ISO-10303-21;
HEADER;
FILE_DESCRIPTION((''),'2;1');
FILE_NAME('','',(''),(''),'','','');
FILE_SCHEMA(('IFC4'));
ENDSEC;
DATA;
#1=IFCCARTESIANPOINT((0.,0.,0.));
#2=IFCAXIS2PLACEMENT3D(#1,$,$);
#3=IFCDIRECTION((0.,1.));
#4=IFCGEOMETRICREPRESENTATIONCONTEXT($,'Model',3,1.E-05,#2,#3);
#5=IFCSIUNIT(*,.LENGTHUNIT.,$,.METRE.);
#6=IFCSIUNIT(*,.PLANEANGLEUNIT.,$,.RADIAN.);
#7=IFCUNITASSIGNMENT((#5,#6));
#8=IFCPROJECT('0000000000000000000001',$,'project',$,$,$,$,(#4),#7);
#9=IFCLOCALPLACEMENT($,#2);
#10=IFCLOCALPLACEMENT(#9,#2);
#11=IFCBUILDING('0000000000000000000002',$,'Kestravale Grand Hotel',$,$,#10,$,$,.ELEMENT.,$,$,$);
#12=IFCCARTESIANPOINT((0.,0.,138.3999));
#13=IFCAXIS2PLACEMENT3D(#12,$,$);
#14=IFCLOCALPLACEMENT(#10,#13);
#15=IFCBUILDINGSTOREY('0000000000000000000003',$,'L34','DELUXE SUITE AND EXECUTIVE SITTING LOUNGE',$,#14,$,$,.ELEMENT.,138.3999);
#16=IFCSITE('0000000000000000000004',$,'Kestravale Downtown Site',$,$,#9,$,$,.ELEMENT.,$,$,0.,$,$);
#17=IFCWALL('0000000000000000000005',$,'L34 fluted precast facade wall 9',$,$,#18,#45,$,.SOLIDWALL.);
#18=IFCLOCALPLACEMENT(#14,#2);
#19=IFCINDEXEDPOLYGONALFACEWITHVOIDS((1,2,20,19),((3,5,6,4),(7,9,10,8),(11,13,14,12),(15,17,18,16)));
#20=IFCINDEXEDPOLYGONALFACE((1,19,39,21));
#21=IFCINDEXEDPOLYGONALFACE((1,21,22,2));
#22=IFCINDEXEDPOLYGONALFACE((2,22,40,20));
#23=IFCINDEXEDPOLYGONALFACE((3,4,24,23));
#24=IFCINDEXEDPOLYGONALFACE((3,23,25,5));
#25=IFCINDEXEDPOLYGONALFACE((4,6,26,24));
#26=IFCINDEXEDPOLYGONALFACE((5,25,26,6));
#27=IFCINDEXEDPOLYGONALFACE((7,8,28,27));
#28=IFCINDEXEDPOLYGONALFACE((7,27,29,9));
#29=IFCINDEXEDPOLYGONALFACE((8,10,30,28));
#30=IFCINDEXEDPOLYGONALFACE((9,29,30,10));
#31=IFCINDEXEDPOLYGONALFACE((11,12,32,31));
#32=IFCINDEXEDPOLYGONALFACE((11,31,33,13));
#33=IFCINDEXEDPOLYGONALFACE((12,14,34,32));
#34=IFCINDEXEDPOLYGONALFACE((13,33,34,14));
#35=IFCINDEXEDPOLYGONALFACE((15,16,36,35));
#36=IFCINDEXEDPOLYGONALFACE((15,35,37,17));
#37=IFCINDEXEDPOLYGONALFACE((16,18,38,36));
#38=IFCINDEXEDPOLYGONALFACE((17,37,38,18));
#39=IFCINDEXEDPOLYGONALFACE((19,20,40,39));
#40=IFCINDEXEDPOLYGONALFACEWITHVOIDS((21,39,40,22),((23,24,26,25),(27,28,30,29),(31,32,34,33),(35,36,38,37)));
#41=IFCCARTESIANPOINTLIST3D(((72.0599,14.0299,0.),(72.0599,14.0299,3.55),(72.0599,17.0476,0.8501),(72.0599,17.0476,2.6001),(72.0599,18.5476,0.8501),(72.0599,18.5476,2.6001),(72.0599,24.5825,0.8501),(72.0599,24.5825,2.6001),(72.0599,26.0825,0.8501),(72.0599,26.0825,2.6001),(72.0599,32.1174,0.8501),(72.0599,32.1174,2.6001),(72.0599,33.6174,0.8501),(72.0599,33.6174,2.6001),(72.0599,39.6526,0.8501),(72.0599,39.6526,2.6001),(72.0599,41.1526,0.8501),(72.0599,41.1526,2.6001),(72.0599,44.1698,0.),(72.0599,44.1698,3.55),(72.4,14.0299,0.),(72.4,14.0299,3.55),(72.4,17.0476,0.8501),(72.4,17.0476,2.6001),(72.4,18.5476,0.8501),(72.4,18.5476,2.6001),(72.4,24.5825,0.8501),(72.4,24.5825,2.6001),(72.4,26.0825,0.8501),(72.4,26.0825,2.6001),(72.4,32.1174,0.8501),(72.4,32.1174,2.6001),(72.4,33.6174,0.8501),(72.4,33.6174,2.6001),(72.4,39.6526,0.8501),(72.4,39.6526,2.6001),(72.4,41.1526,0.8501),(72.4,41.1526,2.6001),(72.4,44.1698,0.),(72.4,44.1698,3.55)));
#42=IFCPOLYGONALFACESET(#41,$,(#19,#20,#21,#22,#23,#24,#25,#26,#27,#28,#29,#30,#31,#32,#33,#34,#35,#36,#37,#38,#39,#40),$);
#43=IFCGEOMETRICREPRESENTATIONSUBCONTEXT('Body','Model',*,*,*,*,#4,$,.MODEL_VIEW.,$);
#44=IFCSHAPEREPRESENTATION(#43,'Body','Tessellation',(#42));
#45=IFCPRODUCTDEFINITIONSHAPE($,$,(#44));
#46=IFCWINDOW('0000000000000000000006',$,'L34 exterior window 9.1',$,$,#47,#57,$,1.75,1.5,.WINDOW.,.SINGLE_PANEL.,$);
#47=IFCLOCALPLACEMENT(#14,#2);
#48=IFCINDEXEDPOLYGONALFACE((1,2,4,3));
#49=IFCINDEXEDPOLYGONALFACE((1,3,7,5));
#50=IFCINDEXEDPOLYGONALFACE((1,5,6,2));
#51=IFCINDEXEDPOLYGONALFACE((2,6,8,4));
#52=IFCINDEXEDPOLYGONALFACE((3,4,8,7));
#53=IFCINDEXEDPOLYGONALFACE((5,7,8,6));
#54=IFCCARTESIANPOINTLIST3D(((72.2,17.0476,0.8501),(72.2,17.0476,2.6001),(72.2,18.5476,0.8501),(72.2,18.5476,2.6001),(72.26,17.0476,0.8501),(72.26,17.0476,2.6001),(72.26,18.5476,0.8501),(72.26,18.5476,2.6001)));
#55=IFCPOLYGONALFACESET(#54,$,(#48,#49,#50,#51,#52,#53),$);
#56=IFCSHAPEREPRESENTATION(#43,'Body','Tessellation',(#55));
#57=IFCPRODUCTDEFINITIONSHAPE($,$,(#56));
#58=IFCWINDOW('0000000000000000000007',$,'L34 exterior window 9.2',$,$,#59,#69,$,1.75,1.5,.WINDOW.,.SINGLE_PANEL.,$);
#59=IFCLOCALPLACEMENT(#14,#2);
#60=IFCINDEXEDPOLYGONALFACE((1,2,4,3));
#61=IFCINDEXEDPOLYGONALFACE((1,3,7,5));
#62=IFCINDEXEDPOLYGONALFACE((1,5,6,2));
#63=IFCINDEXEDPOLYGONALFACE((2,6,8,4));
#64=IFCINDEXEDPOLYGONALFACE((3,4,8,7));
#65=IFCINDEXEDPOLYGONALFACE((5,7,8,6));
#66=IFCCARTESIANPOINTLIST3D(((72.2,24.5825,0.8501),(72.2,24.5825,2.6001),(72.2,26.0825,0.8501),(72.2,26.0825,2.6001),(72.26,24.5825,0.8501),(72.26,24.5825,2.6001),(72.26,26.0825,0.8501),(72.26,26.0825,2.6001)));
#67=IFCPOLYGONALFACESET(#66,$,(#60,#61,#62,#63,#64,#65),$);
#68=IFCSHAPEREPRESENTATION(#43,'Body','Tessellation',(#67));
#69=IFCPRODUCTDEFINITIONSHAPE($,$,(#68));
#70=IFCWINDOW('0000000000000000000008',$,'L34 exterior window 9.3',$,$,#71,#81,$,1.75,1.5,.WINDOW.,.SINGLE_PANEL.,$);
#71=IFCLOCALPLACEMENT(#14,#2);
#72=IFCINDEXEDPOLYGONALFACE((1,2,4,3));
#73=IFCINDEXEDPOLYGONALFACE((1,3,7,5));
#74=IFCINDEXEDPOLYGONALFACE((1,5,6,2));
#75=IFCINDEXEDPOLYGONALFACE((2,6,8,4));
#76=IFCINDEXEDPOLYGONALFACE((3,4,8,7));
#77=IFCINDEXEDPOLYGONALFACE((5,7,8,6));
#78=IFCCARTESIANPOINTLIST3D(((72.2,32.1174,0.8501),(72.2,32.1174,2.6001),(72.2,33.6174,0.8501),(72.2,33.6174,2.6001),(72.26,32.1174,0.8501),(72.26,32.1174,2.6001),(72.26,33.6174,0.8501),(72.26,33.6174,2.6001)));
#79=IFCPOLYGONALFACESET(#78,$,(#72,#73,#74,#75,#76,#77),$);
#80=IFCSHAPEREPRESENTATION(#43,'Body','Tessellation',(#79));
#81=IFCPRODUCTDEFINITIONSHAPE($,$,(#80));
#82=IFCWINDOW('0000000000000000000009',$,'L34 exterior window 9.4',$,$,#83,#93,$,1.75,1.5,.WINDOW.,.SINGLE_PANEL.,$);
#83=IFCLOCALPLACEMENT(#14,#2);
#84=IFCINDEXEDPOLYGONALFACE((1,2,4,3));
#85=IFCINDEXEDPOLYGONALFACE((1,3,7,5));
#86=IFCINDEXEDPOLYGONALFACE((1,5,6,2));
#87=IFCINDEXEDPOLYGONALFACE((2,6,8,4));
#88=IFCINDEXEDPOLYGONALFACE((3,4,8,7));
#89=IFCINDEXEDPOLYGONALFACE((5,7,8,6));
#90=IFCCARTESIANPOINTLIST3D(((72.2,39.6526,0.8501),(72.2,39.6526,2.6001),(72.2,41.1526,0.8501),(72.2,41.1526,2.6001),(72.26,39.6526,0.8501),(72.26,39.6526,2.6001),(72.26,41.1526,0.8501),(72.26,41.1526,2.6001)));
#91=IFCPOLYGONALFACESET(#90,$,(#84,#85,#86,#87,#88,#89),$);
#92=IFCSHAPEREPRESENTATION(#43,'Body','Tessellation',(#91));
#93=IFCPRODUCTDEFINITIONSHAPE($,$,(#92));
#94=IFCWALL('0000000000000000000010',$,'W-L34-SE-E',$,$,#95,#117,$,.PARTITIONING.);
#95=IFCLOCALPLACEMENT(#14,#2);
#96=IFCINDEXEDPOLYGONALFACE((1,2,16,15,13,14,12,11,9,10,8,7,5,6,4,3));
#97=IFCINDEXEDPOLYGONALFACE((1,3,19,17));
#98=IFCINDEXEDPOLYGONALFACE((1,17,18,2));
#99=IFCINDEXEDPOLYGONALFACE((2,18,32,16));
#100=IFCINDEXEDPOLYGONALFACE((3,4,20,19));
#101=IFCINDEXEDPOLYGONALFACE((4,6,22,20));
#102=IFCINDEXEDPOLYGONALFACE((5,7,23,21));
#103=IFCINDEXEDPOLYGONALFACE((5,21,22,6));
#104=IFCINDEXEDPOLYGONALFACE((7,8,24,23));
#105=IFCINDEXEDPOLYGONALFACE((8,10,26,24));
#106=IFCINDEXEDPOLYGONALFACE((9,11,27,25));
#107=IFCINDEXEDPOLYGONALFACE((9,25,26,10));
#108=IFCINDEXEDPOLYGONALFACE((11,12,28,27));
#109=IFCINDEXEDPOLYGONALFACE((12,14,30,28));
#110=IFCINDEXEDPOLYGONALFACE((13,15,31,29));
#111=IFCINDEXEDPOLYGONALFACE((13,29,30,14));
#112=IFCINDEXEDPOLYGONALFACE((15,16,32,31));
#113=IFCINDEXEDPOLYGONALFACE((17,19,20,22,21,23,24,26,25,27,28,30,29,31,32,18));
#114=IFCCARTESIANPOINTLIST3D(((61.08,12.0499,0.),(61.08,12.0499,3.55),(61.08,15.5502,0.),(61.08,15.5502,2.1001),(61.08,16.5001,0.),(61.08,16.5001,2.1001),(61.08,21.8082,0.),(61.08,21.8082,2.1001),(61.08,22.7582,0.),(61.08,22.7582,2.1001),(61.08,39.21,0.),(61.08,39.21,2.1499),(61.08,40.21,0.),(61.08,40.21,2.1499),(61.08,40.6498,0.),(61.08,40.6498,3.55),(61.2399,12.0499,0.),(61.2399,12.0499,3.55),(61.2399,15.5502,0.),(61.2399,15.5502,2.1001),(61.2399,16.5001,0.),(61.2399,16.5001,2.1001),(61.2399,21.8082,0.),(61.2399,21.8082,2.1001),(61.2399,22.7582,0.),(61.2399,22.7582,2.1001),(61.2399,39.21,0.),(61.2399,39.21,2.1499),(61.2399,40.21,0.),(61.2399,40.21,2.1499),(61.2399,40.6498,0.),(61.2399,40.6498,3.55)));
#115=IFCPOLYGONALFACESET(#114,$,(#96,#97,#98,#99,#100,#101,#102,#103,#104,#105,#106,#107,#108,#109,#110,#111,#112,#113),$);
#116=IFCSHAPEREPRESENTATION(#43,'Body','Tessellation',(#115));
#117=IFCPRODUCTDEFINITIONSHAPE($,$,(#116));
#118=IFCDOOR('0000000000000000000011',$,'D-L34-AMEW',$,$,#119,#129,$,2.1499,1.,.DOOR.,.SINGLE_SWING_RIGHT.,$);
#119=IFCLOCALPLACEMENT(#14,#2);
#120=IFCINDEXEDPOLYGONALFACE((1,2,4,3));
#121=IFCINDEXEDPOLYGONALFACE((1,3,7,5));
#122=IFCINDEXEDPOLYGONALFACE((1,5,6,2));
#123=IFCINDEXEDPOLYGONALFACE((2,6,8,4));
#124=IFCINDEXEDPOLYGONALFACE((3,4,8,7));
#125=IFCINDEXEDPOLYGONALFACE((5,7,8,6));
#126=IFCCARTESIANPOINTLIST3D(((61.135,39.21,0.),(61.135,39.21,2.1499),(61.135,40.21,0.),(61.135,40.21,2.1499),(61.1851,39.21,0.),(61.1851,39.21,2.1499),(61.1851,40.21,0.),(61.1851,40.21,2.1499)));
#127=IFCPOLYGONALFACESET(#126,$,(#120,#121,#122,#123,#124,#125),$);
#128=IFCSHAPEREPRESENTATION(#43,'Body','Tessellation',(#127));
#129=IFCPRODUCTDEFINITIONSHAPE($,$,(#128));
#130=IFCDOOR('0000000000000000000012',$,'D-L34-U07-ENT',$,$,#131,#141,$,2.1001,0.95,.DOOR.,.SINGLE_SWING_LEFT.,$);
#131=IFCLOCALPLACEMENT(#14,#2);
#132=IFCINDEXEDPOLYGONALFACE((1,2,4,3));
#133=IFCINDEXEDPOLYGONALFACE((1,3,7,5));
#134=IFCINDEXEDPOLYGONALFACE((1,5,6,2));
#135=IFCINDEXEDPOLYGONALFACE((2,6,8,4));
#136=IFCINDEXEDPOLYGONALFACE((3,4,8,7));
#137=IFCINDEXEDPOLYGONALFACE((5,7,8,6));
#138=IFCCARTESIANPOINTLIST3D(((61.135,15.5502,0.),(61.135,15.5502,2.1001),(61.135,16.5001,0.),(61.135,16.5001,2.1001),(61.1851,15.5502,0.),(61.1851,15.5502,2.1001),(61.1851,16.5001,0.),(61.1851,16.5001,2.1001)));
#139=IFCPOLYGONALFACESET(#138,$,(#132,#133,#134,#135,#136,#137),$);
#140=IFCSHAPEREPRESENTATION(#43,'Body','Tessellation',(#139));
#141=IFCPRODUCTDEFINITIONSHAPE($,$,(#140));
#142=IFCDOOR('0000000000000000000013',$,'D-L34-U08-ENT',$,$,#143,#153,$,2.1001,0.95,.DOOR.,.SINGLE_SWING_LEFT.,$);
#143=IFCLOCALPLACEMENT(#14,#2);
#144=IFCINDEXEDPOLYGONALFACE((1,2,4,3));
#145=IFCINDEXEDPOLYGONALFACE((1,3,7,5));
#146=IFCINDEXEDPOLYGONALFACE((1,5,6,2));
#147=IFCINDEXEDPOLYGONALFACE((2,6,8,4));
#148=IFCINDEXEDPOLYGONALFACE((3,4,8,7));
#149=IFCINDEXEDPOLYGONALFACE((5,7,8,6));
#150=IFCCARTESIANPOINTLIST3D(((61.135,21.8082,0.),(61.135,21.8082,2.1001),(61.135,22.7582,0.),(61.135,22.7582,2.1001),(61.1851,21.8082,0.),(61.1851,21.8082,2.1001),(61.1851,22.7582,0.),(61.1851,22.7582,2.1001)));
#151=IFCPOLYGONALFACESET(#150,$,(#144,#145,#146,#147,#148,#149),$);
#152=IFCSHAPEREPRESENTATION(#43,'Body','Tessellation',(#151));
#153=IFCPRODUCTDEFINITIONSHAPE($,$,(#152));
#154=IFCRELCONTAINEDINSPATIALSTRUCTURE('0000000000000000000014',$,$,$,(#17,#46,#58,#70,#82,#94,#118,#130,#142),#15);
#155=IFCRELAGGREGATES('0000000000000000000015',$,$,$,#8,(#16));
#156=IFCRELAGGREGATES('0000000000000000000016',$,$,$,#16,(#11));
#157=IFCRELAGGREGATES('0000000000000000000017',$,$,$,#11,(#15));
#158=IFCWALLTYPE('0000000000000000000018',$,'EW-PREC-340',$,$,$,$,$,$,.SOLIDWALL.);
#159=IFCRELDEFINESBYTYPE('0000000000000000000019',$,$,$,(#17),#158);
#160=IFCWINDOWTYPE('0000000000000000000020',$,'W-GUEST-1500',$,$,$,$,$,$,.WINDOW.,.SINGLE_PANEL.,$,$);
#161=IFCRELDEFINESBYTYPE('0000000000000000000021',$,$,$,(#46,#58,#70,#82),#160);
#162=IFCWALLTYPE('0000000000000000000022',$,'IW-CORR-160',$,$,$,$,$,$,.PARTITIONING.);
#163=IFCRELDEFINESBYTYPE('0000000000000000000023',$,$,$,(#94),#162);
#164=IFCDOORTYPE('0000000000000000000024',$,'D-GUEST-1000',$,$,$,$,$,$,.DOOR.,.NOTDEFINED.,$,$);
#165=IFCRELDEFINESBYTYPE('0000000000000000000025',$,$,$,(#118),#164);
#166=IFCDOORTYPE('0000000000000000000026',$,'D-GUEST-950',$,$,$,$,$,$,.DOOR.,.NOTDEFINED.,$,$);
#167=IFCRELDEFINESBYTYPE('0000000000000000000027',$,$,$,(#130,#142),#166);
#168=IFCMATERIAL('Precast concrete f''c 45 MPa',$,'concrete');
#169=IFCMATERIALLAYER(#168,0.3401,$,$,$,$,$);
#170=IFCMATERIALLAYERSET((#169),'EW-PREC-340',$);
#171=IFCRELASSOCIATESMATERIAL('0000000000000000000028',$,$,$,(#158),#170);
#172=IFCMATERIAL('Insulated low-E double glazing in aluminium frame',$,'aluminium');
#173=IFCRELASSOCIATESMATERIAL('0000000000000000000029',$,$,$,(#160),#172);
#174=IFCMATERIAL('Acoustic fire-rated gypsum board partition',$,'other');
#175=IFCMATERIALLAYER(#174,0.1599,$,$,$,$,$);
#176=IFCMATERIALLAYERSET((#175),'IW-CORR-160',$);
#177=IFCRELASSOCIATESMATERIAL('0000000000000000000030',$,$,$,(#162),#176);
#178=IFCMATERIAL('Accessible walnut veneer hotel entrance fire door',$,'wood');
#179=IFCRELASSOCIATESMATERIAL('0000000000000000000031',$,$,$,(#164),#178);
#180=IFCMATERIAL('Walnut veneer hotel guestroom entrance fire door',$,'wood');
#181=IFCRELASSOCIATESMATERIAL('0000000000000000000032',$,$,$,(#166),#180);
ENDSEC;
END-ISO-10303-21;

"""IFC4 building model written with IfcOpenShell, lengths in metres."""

from ifc_helpers import new_model, si_unit, direction, frame, frame_2d, origin, place, context, subcontext, project, spatial, rectangle, extrude, material, layer, layer_set, type_object, element, fill, save


model = new_model("IFC4")

# Units and contexts
model_context = context("Model", 3, precision=1e-05, world=origin(), true_north=direction((0.0, 1.0)))
body_context = subcontext(model_context, "Body", "Model", "MODEL_VIEW")
ifc_project = project(units=[si_unit("LENGTHUNIT", "METRE"), si_unit("PLANEANGLEUNIT", "RADIAN")], contexts=[model_context])

# Site, building, storey
site_placement = place(None, origin())
site = spatial("IfcSite", under=ifc_project, at=site_placement, Name="Kestravale Downtown Site", CompositionType="ELEMENT", RefElevation=0.0)
building_placement = place(site_placement, origin())
building = spatial("IfcBuilding", under=site, at=building_placement, Name="Kestravale Grand Hotel", CompositionType="ELEMENT")
storey_placement = place(building_placement, frame((0.0, 0.0, 138.3999)))
storey = spatial("IfcBuildingStorey", under=building, at=storey_placement, Name="L34", Description="DELUXE SUITE AND EXECUTIVE SITTING LOUNGE", CompositionType="ELEMENT", Elevation=138.3999)

# Shared definitions
ifc_material_1 = material(Name="Precast concrete f'c 45 MPa", Category="concrete")
ifc_layer_1 = layer(ifc_material_1, 0.3401)
ifc_layer_set_1 = layer_set([ifc_layer_1], Name="EW-PREC-340")
wall_type_1 = type_object("IfcWallType", Name="EW-PREC-340", PredefinedType="SOLIDWALL", material=ifc_layer_set_1)
ifc_material_2 = material(Name="Insulated low-E double glazing in aluminium frame", Category="aluminium")
window_type = type_object("IfcWindowType", Name="W-GUEST-1500", PartitioningType="SINGLE_PANEL", PredefinedType="WINDOW", material=ifc_material_2)

# Wall, openings, windows
wall_1_placement = place(storey_placement, frame((72.23, 14.03, 0.0), z_axis=(0.0, 0.0, 1.0), x_axis=(0.0, 1.0, 0.0)))
wall_1 = element("IfcWall", 1, at=wall_1_placement, inside=storey, type_object=wall_type_1, Name="L34 fluted precast facade wall 9", PredefinedType="SOLIDWALL", context=body_context, shape_type="SweptSolid", body=[
    extrude(rectangle(XDim=30.1399, YDim=0.3401, at=frame_2d((15.0698, 0.0))), origin(), (0.0, 0.0, 1.0), 3.55),
])
opening_1_placement = place(wall_1_placement, frame((3.0176, 0.0, 0.8501)))
opening_1 = element("IfcOpeningElement", 2, at=opening_1_placement, cuts=wall_1, PredefinedType="OPENING", context=body_context, shape_type="SweptSolid", body=[
    extrude(rectangle(XDim=1.5, YDim=1.75, at=frame_2d((0.75, 0.875))), frame((0.0, 0.1799, 0.0), z_axis=(0.0, -1.0, 0.0), x_axis=(1.0, 0.0, 0.0)), (0.0, 0.0, 1.0), 0.3601),
])
opening_2_placement = place(wall_1_placement, frame((10.5525, 0.0, 0.8501)))
opening_2 = element("IfcOpeningElement", 3, at=opening_2_placement, cuts=wall_1, PredefinedType="OPENING", context=body_context, shape_type="SweptSolid", body=[
    extrude(rectangle(XDim=1.5, YDim=1.75, at=frame_2d((0.75, 0.875))), frame((0.0, 0.1799, 0.0), z_axis=(0.0, -1.0, 0.0), x_axis=(1.0, 0.0, 0.0)), (0.0, 0.0, 1.0), 0.3601),
])
opening_3_placement = place(wall_1_placement, frame((18.0874, 0.0, 0.8501)))
opening_3 = element("IfcOpeningElement", 4, at=opening_3_placement, cuts=wall_1, PredefinedType="OPENING", context=body_context, shape_type="SweptSolid", body=[
    extrude(rectangle(XDim=1.5, YDim=1.75, at=frame_2d((0.75, 0.875))), frame((0.0, 0.1799, 0.0), z_axis=(0.0, -1.0, 0.0), x_axis=(1.0, 0.0, 0.0)), (0.0, 0.0, 1.0), 0.3601),
])
opening_4_placement = place(wall_1_placement, frame((25.6226, 0.0, 0.8501)))
opening_4 = element("IfcOpeningElement", 5, at=opening_4_placement, cuts=wall_1, PredefinedType="OPENING", context=body_context, shape_type="SweptSolid", body=[
    extrude(rectangle(XDim=1.5, YDim=1.75, at=frame_2d((0.75, 0.875))), frame((0.0, 0.1799, 0.0), z_axis=(0.0, -1.0, 0.0), x_axis=(1.0, 0.0, 0.0)), (0.0, 0.0, 1.0), 0.3601),
])
window_1_placement = place(opening_1_placement, origin())
window_1 = element("IfcWindow", 6, at=window_1_placement, inside=storey, type_object=window_type, Name="L34 exterior window 9.1", OverallHeight=1.75, OverallWidth=1.5, PartitioningType="SINGLE_PANEL", PredefinedType="WINDOW", context=body_context, shape_type="SweptSolid", body=[
    extrude(rectangle(XDim=1.5, YDim=1.75, at=frame_2d((0.75, 0.875))), frame((0.0, 0.03, 0.0), z_axis=(0.0, -1.0, 0.0), x_axis=(1.0, 0.0, 0.0)), (0.0, 0.0, 1.0), 0.0601),
])
fill(opening_1, window_1)
window_2_placement = place(opening_2_placement, origin())
window_2 = element("IfcWindow", 7, at=window_2_placement, inside=storey, type_object=window_type, Name="L34 exterior window 9.2", OverallHeight=1.75, OverallWidth=1.5, PartitioningType="SINGLE_PANEL", PredefinedType="WINDOW", context=body_context, shape_type="SweptSolid", body=[
    extrude(rectangle(XDim=1.5, YDim=1.75, at=frame_2d((0.75, 0.875))), frame((0.0, 0.03, 0.0), z_axis=(0.0, -1.0, 0.0), x_axis=(1.0, 0.0, 0.0)), (0.0, 0.0, 1.0), 0.0601),
])
fill(opening_2, window_2)
window_3_placement = place(opening_3_placement, origin())
window_3 = element("IfcWindow", 8, at=window_3_placement, inside=storey, type_object=window_type, Name="L34 exterior window 9.3", OverallHeight=1.75, OverallWidth=1.5, PartitioningType="SINGLE_PANEL", PredefinedType="WINDOW", context=body_context, shape_type="SweptSolid", body=[
    extrude(rectangle(XDim=1.5, YDim=1.75, at=frame_2d((0.75, 0.875))), frame((0.0, 0.03, 0.0), z_axis=(0.0, -1.0, 0.0), x_axis=(1.0, 0.0, 0.0)), (0.0, 0.0, 1.0), 0.0601),
])
fill(opening_3, window_3)
window_4_placement = place(opening_4_placement, origin())
window_4 = element("IfcWindow", 9, at=window_4_placement, inside=storey, type_object=window_type, Name="L34 exterior window 9.4", OverallHeight=1.75, OverallWidth=1.5, PartitioningType="SINGLE_PANEL", PredefinedType="WINDOW", context=body_context, shape_type="SweptSolid", body=[
    extrude(rectangle(XDim=1.5, YDim=1.75, at=frame_2d((0.75, 0.875))), frame((0.0, 0.03, 0.0), z_axis=(0.0, -1.0, 0.0), x_axis=(1.0, 0.0, 0.0)), (0.0, 0.0, 1.0), 0.0601),
])
fill(opening_4, window_4)

# Wall, openings, doors
ifc_material_3 = material(Name="Acoustic fire-rated gypsum board partition", Category="other")
ifc_layer_2 = layer(ifc_material_3, 0.1599)
ifc_layer_set_2 = layer_set([ifc_layer_2], Name="IW-CORR-160")
wall_type_2 = type_object("IfcWallType", Name="IW-CORR-160", PredefinedType="PARTITIONING", material=ifc_layer_set_2)
wall_2_placement = place(storey_placement, frame((61.1599, 12.05, 0.0), z_axis=(0.0, 0.0, 1.0), x_axis=(0.0, 1.0, 0.0)))
wall_2 = element("IfcWall", 10, at=wall_2_placement, inside=storey, type_object=wall_type_2, Name="W-L34-SE-E", PredefinedType="PARTITIONING", context=body_context, shape_type="SweptSolid", body=[
    extrude(rectangle(XDim=28.5999, YDim=0.1599, at=frame_2d((14.2998, 0.0))), origin(), (0.0, 0.0, 1.0), 3.55),
])
opening_5_placement = place(wall_2_placement, frame((3.5, 0.0, 0.0)))
opening_5 = element("IfcOpeningElement", 11, at=opening_5_placement, cuts=wall_2, PredefinedType="OPENING", context=body_context, shape_type="SweptSolid", body=[
    extrude(rectangle(XDim=0.95, YDim=2.1001, at=frame_2d((0.4751, 1.05))), frame((0.0, 0.0898, 0.0), z_axis=(0.0, -1.0, 0.0), x_axis=(1.0, 0.0, 0.0)), (0.0, 0.0, 1.0), 0.1799),
])
opening_6_placement = place(wall_2_placement, frame((9.7581, 0.0, 0.0)))
opening_6 = element("IfcOpeningElement", 12, at=opening_6_placement, cuts=wall_2, PredefinedType="OPENING", context=body_context, shape_type="SweptSolid", body=[
    extrude(rectangle(XDim=0.95, YDim=2.1001, at=frame_2d((0.4751, 1.05))), frame((0.0, 0.0898, 0.0), z_axis=(0.0, -1.0, 0.0), x_axis=(1.0, 0.0, 0.0)), (0.0, 0.0, 1.0), 0.1799),
])
opening_7_placement = place(wall_2_placement, frame((27.1599, 0.0, 0.0)))
opening_7 = element("IfcOpeningElement", 13, at=opening_7_placement, cuts=wall_2, PredefinedType="OPENING", context=body_context, shape_type="SweptSolid", body=[
    extrude(rectangle(XDim=1.0, YDim=2.1499, at=frame_2d((0.5, 1.075))), frame((0.0, 0.0898, 0.0), z_axis=(0.0, -1.0, 0.0), x_axis=(1.0, 0.0, 0.0)), (0.0, 0.0, 1.0), 0.1799),
])
ifc_material_4 = material(Name="Accessible walnut veneer hotel entrance fire door", Category="wood")
door_type_1 = type_object("IfcDoorType", Name="D-GUEST-1000", OperationType="NOTDEFINED", PredefinedType="DOOR", material=ifc_material_4)
door_1_placement = place(opening_7_placement, origin())
door_1 = element("IfcDoor", 14, at=door_1_placement, inside=storey, type_object=door_type_1, Name="D-L34-AMEW", OperationType="SINGLE_SWING_RIGHT", OverallHeight=2.1499, OverallWidth=1.0, PredefinedType="DOOR", context=body_context, shape_type="SweptSolid", body=[
    extrude(rectangle(XDim=1.0, YDim=2.1499, at=frame_2d((0.5, 1.075))), frame((0.0, 0.0249, 0.0), z_axis=(0.0, -1.0, 0.0), x_axis=(1.0, 0.0, 0.0)), (0.0, 0.0, 1.0), 0.05),
])
fill(opening_7, door_1)
ifc_material_5 = material(Name="Walnut veneer hotel guestroom entrance fire door", Category="wood")
door_type_2 = type_object("IfcDoorType", Name="D-GUEST-950", OperationType="NOTDEFINED", PredefinedType="DOOR", material=ifc_material_5)
door_2_placement = place(opening_5_placement, origin())
door_2 = element("IfcDoor", 15, at=door_2_placement, inside=storey, type_object=door_type_2, Name="D-L34-U07-ENT", OperationType="SINGLE_SWING_LEFT", OverallHeight=2.1001, OverallWidth=0.95, PredefinedType="DOOR", context=body_context, shape_type="SweptSolid", body=[
    extrude(rectangle(XDim=0.95, YDim=2.1001, at=frame_2d((0.4751, 1.05))), frame((0.0, 0.0249, 0.0), z_axis=(0.0, -1.0, 0.0), x_axis=(1.0, 0.0, 0.0)), (0.0, 0.0, 1.0), 0.05),
])
fill(opening_5, door_2)
door_3_placement = place(opening_6_placement, origin())
door_3 = element("IfcDoor", 16, at=door_3_placement, inside=storey, type_object=door_type_2, Name="D-L34-U08-ENT", OperationType="SINGLE_SWING_LEFT", OverallHeight=2.1001, OverallWidth=0.95, PredefinedType="DOOR", context=body_context, shape_type="SweptSolid", body=[
    extrude(rectangle(XDim=0.95, YDim=2.1001, at=frame_2d((0.4751, 1.05))), frame((0.0, 0.0249, 0.0), z_axis=(0.0, -1.0, 0.0), x_axis=(1.0, 0.0, 0.0)), (0.0, 0.0, 1.0), 0.05),
])
fill(opening_6, door_3)

save(model, "model.ifc")
